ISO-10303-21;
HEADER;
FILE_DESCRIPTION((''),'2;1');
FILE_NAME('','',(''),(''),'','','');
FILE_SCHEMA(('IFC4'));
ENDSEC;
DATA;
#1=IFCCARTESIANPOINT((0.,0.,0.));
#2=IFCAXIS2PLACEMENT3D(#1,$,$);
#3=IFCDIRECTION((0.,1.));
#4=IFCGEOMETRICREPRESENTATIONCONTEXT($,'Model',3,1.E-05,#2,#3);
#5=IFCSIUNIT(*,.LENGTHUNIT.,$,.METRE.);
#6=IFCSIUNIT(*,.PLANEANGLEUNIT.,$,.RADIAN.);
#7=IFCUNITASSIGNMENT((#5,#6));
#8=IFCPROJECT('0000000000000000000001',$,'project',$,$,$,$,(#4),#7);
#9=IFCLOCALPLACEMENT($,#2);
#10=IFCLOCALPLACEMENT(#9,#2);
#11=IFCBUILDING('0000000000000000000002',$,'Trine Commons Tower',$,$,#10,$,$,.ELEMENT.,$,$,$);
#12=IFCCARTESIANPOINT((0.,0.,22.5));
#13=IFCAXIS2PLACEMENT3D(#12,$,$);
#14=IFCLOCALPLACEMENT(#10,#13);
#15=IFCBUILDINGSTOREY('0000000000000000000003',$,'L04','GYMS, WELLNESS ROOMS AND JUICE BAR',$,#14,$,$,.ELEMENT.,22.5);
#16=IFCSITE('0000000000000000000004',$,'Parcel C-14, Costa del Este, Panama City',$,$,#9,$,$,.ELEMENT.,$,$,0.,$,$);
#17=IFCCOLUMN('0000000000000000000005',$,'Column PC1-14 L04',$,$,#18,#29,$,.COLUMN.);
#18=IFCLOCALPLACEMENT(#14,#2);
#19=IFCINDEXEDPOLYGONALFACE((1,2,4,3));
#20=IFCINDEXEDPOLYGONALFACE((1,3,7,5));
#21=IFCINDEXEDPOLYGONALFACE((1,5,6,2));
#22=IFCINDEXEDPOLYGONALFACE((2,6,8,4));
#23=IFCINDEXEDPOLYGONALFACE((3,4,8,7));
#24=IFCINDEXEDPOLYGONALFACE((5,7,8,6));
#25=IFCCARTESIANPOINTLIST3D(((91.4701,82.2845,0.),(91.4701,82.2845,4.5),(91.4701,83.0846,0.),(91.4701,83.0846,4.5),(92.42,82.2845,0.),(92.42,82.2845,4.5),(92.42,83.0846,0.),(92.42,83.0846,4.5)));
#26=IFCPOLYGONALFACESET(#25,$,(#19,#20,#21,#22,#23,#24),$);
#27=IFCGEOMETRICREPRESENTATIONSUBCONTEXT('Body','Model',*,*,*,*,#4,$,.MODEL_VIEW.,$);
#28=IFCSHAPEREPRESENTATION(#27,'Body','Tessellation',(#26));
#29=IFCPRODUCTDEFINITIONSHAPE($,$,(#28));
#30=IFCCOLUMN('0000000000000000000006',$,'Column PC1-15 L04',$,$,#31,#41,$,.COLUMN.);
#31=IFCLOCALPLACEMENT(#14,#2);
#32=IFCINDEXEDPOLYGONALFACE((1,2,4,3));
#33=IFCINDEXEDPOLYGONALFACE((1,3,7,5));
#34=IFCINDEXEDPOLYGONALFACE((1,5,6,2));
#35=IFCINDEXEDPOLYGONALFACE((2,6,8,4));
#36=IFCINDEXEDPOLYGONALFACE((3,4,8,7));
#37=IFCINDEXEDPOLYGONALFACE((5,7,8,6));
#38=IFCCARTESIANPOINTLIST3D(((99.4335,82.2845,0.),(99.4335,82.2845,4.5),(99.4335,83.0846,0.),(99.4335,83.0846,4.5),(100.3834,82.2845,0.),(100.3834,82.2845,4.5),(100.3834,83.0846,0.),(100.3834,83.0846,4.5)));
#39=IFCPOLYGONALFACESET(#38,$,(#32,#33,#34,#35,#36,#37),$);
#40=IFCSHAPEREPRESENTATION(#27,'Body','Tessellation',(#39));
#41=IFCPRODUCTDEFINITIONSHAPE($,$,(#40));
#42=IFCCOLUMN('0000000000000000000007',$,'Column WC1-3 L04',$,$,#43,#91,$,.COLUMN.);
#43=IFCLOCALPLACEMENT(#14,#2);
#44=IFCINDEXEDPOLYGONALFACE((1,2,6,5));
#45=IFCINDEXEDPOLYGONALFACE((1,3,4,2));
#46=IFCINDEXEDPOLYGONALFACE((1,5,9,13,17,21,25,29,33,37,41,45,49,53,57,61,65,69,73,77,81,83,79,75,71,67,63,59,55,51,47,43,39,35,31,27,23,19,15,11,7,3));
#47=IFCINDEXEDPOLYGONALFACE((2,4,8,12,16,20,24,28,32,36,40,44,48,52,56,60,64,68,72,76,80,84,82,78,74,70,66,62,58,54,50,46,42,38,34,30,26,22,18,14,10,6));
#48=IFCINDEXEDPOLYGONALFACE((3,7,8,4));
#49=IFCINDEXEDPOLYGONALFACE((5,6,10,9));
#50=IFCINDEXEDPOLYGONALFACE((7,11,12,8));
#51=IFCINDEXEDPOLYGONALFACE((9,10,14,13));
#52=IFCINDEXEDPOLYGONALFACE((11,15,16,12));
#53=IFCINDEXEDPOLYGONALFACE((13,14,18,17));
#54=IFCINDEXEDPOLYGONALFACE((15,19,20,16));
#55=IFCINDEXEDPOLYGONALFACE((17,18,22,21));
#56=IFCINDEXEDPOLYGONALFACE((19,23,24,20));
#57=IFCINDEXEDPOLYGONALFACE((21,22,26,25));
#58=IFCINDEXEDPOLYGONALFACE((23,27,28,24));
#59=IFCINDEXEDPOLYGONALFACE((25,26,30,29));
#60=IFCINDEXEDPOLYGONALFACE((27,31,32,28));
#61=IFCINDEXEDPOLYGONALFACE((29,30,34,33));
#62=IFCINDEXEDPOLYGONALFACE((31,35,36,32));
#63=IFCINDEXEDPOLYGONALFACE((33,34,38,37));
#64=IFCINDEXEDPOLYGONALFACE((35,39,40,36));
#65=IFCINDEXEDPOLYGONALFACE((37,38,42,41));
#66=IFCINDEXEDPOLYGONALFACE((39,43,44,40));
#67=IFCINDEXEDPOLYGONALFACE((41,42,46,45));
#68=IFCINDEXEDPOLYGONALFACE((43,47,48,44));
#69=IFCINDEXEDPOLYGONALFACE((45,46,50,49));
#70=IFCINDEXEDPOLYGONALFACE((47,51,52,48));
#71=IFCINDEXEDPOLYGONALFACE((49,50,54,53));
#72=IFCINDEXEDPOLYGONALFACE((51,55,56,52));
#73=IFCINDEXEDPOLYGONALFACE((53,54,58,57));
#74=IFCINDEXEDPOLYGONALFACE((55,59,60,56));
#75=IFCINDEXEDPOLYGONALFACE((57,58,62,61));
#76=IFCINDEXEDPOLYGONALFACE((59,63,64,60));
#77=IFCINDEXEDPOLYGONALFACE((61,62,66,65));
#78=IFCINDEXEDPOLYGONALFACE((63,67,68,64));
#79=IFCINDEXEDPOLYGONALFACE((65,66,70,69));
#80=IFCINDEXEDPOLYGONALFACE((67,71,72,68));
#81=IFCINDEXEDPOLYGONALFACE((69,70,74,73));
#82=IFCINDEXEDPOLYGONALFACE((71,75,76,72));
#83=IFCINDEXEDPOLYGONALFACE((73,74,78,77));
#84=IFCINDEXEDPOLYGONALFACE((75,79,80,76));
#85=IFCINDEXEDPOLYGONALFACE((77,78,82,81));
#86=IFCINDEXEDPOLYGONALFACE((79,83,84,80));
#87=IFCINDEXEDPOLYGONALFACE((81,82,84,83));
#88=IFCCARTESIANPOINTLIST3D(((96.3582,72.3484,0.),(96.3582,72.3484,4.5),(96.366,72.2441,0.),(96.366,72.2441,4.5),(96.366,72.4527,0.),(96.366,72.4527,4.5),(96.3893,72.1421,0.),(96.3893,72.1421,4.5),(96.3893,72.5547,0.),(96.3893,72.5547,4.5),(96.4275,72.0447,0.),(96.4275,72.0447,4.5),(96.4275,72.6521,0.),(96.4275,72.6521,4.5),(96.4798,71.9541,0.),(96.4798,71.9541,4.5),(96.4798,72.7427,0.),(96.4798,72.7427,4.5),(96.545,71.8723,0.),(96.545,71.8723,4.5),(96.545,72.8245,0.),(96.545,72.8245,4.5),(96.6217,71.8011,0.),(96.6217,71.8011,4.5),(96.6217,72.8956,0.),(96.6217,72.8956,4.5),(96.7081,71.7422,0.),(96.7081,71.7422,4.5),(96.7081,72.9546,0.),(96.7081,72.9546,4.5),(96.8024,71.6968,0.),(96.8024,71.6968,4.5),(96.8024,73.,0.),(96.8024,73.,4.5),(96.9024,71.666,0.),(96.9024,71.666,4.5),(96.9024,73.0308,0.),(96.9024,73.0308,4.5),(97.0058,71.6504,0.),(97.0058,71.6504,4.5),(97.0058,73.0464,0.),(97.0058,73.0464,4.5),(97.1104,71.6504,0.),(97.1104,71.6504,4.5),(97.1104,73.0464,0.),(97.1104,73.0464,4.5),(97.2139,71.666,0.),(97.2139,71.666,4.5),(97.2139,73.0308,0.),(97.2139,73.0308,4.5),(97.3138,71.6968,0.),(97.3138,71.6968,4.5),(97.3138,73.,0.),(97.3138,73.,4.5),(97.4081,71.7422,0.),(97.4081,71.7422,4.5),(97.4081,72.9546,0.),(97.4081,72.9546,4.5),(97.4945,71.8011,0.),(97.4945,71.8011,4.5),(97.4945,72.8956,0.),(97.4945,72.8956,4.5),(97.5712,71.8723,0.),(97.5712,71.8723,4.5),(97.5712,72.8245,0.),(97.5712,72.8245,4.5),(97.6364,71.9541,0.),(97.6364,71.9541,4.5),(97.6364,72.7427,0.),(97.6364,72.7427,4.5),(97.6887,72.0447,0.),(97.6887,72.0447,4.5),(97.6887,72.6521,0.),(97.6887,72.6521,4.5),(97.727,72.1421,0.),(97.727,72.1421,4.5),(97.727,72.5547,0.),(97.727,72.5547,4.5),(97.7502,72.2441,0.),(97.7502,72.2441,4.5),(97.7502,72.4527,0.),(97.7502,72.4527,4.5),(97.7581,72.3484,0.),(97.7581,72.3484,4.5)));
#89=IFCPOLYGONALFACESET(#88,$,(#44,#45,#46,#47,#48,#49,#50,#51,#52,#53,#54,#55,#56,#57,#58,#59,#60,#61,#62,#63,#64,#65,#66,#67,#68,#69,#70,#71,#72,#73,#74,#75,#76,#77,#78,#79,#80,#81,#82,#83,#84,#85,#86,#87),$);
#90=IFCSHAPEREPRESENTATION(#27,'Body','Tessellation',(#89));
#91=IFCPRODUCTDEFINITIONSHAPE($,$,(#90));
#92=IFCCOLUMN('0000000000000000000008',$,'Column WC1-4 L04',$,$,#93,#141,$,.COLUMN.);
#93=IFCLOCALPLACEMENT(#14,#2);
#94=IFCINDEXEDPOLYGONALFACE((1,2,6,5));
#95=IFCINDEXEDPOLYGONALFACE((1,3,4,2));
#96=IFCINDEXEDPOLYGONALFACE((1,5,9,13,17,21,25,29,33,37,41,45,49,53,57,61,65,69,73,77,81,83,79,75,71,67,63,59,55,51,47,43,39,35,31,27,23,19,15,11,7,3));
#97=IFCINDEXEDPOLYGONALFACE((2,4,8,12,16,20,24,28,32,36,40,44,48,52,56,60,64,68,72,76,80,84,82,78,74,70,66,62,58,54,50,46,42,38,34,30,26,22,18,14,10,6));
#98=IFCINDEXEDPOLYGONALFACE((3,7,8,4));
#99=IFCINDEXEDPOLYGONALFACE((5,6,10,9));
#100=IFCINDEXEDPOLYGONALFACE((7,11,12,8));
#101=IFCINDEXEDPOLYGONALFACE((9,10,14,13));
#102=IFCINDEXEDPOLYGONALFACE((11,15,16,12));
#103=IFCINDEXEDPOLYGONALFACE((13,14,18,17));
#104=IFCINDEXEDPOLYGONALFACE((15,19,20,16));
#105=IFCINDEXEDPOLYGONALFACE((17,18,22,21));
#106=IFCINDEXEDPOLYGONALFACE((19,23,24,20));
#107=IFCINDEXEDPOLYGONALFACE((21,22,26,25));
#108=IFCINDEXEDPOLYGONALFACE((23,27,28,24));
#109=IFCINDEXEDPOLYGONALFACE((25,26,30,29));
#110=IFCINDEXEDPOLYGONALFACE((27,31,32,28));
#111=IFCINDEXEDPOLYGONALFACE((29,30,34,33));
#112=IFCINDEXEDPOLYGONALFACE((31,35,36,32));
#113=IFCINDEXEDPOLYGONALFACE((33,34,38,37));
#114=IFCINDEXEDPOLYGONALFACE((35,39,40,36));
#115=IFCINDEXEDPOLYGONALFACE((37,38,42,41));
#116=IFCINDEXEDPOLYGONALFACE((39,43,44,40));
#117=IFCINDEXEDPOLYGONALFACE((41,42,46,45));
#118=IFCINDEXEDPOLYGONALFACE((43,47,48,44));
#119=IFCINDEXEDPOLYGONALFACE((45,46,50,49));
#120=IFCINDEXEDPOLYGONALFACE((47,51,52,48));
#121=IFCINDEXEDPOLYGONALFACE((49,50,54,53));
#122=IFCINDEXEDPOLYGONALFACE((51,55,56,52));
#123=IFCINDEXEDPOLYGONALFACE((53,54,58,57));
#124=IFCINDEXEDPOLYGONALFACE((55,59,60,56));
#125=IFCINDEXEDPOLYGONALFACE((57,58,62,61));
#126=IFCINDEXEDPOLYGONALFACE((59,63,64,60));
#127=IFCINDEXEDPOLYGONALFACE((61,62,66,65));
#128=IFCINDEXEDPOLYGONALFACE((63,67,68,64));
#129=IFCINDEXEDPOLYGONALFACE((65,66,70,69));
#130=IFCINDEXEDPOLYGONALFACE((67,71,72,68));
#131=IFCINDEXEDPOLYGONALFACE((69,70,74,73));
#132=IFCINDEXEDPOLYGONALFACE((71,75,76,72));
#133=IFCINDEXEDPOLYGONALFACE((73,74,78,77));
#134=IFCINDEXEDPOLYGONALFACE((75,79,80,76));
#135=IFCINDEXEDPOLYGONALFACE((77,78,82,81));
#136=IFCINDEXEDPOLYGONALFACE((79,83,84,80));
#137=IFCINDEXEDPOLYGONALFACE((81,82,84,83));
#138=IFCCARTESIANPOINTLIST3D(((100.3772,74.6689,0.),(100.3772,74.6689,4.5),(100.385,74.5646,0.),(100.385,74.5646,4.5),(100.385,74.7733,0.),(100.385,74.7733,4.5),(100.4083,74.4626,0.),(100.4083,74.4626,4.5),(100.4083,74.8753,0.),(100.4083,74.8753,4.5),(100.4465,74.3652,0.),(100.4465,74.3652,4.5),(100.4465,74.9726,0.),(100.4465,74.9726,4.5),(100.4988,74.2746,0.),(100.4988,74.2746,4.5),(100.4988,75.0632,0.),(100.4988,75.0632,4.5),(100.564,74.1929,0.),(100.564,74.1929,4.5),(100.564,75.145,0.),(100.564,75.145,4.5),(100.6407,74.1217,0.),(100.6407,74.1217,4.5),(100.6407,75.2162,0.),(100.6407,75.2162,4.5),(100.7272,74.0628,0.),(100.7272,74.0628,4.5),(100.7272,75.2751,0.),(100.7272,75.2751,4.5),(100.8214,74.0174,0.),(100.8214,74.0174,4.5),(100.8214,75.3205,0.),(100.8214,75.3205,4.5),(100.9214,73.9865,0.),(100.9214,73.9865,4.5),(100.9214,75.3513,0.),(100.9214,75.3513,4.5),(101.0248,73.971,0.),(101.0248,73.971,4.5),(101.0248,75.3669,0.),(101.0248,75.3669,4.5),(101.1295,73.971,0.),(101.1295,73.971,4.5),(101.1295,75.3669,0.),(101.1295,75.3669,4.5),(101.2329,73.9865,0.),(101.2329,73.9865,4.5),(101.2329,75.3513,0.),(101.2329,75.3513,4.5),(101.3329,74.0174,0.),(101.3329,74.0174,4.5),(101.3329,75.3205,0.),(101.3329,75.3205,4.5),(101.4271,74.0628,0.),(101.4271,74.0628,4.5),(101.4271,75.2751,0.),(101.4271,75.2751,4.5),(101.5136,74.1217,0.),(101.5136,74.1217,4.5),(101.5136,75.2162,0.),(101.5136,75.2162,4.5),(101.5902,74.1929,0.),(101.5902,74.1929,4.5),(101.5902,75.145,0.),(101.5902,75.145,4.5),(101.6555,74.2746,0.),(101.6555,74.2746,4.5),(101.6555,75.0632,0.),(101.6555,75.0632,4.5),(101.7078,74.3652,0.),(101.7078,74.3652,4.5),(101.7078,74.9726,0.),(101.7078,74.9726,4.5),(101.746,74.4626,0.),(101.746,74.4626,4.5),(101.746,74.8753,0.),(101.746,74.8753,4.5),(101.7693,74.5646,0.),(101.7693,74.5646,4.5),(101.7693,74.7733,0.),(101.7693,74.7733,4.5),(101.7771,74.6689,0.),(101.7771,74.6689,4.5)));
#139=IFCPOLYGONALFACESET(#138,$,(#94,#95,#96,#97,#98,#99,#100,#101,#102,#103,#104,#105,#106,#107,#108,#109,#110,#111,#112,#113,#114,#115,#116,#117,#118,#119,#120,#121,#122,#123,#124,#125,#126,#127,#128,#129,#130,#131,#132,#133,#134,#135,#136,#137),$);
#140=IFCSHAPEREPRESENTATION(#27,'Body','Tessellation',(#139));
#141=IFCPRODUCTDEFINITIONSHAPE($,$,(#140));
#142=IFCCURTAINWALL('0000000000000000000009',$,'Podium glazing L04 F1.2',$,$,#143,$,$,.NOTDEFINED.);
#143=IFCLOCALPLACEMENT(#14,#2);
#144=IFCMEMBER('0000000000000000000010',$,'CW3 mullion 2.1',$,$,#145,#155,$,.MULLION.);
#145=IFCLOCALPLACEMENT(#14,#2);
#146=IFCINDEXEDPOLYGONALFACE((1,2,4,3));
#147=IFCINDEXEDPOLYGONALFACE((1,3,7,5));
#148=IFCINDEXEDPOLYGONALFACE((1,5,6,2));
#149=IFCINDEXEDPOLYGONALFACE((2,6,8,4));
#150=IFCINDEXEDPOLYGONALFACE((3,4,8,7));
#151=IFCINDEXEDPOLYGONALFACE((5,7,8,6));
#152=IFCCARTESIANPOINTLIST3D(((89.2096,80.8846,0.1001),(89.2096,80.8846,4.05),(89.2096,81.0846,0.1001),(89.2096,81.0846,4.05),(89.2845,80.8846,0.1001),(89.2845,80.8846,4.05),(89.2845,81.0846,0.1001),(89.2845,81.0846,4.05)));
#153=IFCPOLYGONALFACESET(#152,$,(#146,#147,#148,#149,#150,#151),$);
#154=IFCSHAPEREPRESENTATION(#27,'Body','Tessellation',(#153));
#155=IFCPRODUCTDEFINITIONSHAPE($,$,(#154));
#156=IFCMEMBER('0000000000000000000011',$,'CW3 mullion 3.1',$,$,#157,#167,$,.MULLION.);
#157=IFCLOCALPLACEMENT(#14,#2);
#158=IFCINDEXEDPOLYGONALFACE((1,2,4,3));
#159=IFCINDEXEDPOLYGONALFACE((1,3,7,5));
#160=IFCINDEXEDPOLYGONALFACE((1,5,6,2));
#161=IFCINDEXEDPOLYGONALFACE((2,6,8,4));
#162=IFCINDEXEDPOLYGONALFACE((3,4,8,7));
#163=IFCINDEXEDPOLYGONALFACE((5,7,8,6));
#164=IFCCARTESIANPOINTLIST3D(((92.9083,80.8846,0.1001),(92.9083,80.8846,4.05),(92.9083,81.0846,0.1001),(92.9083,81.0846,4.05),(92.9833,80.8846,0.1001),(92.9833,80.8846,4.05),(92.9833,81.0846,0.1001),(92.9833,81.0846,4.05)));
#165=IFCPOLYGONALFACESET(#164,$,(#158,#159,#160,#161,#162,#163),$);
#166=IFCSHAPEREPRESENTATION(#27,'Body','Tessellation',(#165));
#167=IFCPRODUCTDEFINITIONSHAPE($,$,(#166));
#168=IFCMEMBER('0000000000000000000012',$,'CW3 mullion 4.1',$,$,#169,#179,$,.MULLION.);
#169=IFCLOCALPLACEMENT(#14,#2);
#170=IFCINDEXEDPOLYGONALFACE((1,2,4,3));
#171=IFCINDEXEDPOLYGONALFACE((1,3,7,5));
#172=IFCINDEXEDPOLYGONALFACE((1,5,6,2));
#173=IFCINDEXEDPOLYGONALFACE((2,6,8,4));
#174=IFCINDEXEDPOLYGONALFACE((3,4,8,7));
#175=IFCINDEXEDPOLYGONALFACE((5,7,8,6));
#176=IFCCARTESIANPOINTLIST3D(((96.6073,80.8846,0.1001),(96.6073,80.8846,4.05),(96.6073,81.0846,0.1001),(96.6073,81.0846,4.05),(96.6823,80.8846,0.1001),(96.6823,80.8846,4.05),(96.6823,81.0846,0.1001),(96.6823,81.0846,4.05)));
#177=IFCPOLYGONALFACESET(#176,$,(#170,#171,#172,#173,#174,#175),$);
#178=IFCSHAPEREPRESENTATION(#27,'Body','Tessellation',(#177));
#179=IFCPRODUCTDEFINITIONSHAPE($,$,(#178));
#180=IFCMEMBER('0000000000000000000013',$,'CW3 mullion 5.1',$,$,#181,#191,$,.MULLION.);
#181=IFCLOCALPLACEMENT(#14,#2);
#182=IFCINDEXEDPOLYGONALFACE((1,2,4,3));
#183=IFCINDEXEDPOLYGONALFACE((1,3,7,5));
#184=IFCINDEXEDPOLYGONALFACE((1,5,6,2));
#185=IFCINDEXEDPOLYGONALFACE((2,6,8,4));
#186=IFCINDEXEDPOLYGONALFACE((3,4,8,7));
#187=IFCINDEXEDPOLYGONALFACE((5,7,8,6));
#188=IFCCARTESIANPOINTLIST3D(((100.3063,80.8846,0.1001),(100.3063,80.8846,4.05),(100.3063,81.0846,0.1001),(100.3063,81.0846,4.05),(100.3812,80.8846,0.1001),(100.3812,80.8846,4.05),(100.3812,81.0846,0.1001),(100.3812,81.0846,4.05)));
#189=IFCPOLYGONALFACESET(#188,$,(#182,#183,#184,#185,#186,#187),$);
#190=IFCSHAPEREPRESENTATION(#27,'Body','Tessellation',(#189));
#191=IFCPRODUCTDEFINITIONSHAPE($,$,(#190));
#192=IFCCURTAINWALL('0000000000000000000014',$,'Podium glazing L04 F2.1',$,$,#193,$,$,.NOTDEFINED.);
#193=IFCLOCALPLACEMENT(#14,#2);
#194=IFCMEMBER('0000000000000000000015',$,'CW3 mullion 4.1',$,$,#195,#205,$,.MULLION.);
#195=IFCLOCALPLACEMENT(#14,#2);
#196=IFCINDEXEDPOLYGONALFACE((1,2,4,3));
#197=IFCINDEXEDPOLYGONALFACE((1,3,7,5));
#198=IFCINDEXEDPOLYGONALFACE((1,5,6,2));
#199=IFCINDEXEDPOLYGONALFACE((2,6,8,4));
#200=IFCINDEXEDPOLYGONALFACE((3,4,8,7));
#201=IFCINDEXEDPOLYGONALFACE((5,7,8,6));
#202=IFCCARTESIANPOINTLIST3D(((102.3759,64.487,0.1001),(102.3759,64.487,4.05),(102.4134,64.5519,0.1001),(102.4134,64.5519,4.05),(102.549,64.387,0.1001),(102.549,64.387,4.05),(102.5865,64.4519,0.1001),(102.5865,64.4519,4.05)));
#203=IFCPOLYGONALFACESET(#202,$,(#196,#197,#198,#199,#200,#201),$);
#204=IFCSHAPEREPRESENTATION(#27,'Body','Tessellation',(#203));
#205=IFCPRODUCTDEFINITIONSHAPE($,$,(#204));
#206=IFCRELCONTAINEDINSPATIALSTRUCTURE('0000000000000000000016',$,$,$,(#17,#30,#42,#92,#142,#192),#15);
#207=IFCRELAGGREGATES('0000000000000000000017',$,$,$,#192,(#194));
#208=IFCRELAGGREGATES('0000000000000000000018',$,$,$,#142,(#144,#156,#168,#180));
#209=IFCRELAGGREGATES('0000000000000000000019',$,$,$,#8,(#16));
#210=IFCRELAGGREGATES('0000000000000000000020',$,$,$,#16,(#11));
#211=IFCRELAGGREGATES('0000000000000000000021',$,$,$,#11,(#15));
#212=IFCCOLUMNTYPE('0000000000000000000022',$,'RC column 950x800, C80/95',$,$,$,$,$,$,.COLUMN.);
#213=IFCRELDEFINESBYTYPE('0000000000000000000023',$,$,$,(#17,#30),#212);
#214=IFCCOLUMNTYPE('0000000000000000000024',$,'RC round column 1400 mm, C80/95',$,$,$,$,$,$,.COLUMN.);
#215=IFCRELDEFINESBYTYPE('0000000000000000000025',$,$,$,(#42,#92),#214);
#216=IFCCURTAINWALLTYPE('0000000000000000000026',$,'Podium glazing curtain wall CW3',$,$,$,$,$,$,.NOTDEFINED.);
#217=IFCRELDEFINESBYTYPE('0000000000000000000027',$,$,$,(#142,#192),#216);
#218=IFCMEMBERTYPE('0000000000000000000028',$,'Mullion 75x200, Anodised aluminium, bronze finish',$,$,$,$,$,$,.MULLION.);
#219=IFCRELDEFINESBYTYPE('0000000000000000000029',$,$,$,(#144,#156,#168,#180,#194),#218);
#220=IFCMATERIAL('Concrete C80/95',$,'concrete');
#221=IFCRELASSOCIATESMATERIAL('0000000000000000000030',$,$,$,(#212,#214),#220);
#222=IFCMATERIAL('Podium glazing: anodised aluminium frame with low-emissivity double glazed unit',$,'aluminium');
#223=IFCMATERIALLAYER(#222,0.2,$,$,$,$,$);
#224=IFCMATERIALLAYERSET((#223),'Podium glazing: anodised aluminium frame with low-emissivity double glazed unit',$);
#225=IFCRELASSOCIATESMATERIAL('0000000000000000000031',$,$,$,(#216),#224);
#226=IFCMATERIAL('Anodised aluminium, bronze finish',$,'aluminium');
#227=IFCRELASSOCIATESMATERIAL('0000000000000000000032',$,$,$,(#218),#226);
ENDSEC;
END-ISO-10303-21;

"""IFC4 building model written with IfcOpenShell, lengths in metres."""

from ifc_helpers import new_model, si_unit, direction, frame, origin, origin_2d, place, context, subcontext, project, spatial, rectangle, circle, extrude, material, layer, layer_set, material_profile, profile_set, type_object, element, aggregate, save


model = new_model("IFC4")

# Units and contexts
model_context = context("Model", 3, precision=1e-05, world=origin(), true_north=direction((0.0, 1.0)))
body_context = subcontext(model_context, "Body", "Model", "MODEL_VIEW")
ifc_project = project(units=[si_unit("LENGTHUNIT", "METRE"), si_unit("PLANEANGLEUNIT", "RADIAN")], contexts=[model_context])

# Site, building, storey
site_placement = place(None, origin())
site = spatial("IfcSite", under=ifc_project, at=site_placement, Name="Parcel C-14, Costa del Este, Panama City", CompositionType="ELEMENT", RefElevation=0.0)
building_placement = place(site_placement, origin())
building = spatial("IfcBuilding", under=site, at=building_placement, Name="Trine Commons Tower", CompositionType="ELEMENT")
storey_placement = place(building_placement, frame((0.0, 0.0, 22.5)))
storey = spatial("IfcBuildingStorey", under=building, at=storey_placement, Name="L04", Description="GYMS, WELLNESS ROOMS AND JUICE BAR", CompositionType="ELEMENT", Elevation=22.5)

# Columns
ifc_material_1 = material(Name="Concrete C80/95", Category="concrete")
ifc_material_profile_1 = material_profile(ifc_material_1, rectangle(XDim=0.95, YDim=0.8, at=origin_2d()), Name="RC 950x800")
ifc_profile_set_1 = profile_set([ifc_material_profile_1], Name="Concrete C80/95")
column_type_1 = type_object("IfcColumnType", Name="RC column 950x800, C80/95", PredefinedType="COLUMN", material=ifc_profile_set_1)
for number, where, z_axis, x_axis, name in (
    (1, (91.9451, 82.6846, 0.0), (0.0, 0.0, 1.0), (1.0, 0.0, 0.0), "Column PC1-14 L04"),
    (2, (99.9084, 82.6846, 0.0), (0.0, 0.0, 1.0), (1.0, 0.0, 0.0), "Column PC1-15 L04"),
):
    element("IfcColumn", number, at=place(storey_placement, frame(where, z_axis=z_axis, x_axis=x_axis)), inside=storey, type_object=column_type_1, Name=name, PredefinedType="COLUMN", context=body_context, shape_type="SweptSolid", body=[
        extrude(rectangle(XDim=0.95, YDim=0.8, at=origin_2d()), origin(), (0.0, 0.0, 1.0), 4.5),
    ])
ifc_material_profile_2 = material_profile(ifc_material_1, circle(Radius=0.7, at=origin_2d()), Name="RC round 1400")
ifc_profile_set_2 = profile_set([ifc_material_profile_2], Name="Concrete C80/95")
column_type_2 = type_object("IfcColumnType", Name="RC round column 1400 mm, C80/95", PredefinedType="COLUMN", material=ifc_profile_set_2)
for number, where, z_axis, x_axis, name in (
    (3, (97.0581, 72.3484, 0.0), (0.0, 0.0, 1.0), (1.0, 0.0, 0.0), "Column WC1-3 L04"),
    (4, (101.0771, 74.6689, 0.0), (0.0, 0.0, 1.0), (1.0, 0.0, 0.0), "Column WC1-4 L04"),
):
    element("IfcColumn", number, at=place(storey_placement, frame(where, z_axis=z_axis, x_axis=x_axis)), inside=storey, type_object=column_type_2, Name=name, PredefinedType="COLUMN", context=body_context, shape_type="SweptSolid", body=[
        extrude(circle(Radius=0.7, at=origin_2d()), origin(), (0.0, 0.0, 1.0), 4.5),
    ])

# Curtain wall, members
ifc_material_2 = material(Name="Podium glazing: anodised aluminium frame with low-emissivity double glazed unit", Category="aluminium")
ifc_layer_1 = layer(ifc_material_2, 0.2)
ifc_layer_set_1 = layer_set([ifc_layer_1], Name="Podium glazing: anodised aluminium frame with low-emissivity double glazed unit")
curtain_wall_type_1 = type_object("IfcCurtainWallType", Name="Podium glazing curtain wall CW3", PredefinedType="NOTDEFINED", material=ifc_layer_set_1)
curtain_wall_1_placement = place(storey_placement, origin())
curtain_wall_1 = element("IfcCurtainWall", 5, at=curtain_wall_1_placement, inside=storey, type_object=curtain_wall_type_1, Name="Podium glazing L04 F1.2", PredefinedType="NOTDEFINED")
ifc_material_3 = material(Name="Anodised aluminium, bronze finish", Category="aluminium")
ifc_material_profile_3 = material_profile(ifc_material_3, rectangle(XDim=0.2, YDim=0.075, at=origin_2d()), Name="Mullion 75x200")
ifc_profile_set_3 = profile_set([ifc_material_profile_3], Name="Anodised aluminium, bronze finish")
member_type_1 = type_object("IfcMemberType", Name="Mullion 75x200, Anodised aluminium, bronze finish", PredefinedType="MULLION", material=ifc_profile_set_3)
member_1_placement = place(storey_placement, frame((89.2471, 80.9846, 0.1001), z_axis=(0.0, 0.0, 1.0), x_axis=(0.0, 1.0, 0.0)))
member_1 = element("IfcMember", 6, at=member_1_placement, type_object=member_type_1, Name="CW3 mullion 2.1", PredefinedType="MULLION", context=body_context, shape_type="SweptSolid", body=[
    extrude(rectangle(XDim=0.2, YDim=0.075, at=origin_2d()), origin(), (0.0, 0.0, 1.0), 3.95),
])
member_2_placement = place(storey_placement, frame((92.9458, 80.9846, 0.1001), z_axis=(0.0, 0.0, 1.0), x_axis=(0.0, 1.0, 0.0)))
member_2 = element("IfcMember", 7, at=member_2_placement, type_object=member_type_1, Name="CW3 mullion 3.1", PredefinedType="MULLION", context=body_context, shape_type="SweptSolid", body=[
    extrude(rectangle(XDim=0.2, YDim=0.075, at=origin_2d()), origin(), (0.0, 0.0, 1.0), 3.95),
])
member_3_placement = place(storey_placement, frame((96.6448, 80.9846, 0.1001), z_axis=(0.0, 0.0, 1.0), x_axis=(0.0, 1.0, 0.0)))
member_3 = element("IfcMember", 8, at=member_3_placement, type_object=member_type_1, Name="CW3 mullion 4.1", PredefinedType="MULLION", context=body_context, shape_type="SweptSolid", body=[
    extrude(rectangle(XDim=0.2, YDim=0.075, at=origin_2d()), origin(), (0.0, 0.0, 1.0), 3.95),
])
member_4_placement = place(storey_placement, frame((100.3438, 80.9846, 0.1001), z_axis=(0.0, 0.0, 1.0), x_axis=(0.0, 1.0, 0.0)))
member_4 = element("IfcMember", 9, at=member_4_placement, type_object=member_type_1, Name="CW3 mullion 5.1", PredefinedType="MULLION", context=body_context, shape_type="SweptSolid", body=[
    extrude(rectangle(XDim=0.2, YDim=0.075, at=origin_2d()), origin(), (0.0, 0.0, 1.0), 3.95),
])

# Curtain wall, member
curtain_wall_2_placement = place(storey_placement, origin())
curtain_wall_2 = element("IfcCurtainWall", 10, at=curtain_wall_2_placement, inside=storey, type_object=curtain_wall_type_1, Name="Podium glazing L04 F2.1", PredefinedType="NOTDEFINED")
member_5_placement = place(storey_placement, frame((102.4812, 64.4695, 0.1001), z_axis=(0.0, 0.0, 1.0), x_axis=(0.866025, -0.5, 0.0)))
member_5 = element("IfcMember", 11, at=member_5_placement, type_object=member_type_1, Name="CW3 mullion 4.1", PredefinedType="MULLION", context=body_context, shape_type="SweptSolid", body=[
    extrude(rectangle(XDim=0.2, YDim=0.075, at=origin_2d()), origin(), (0.0, 0.0, 1.0), 3.95),
])
aggregate(curtain_wall_2, [member_5])

aggregate(curtain_wall_1, [member_1, member_2, member_3, member_4])

save(model, "model.ifc")
